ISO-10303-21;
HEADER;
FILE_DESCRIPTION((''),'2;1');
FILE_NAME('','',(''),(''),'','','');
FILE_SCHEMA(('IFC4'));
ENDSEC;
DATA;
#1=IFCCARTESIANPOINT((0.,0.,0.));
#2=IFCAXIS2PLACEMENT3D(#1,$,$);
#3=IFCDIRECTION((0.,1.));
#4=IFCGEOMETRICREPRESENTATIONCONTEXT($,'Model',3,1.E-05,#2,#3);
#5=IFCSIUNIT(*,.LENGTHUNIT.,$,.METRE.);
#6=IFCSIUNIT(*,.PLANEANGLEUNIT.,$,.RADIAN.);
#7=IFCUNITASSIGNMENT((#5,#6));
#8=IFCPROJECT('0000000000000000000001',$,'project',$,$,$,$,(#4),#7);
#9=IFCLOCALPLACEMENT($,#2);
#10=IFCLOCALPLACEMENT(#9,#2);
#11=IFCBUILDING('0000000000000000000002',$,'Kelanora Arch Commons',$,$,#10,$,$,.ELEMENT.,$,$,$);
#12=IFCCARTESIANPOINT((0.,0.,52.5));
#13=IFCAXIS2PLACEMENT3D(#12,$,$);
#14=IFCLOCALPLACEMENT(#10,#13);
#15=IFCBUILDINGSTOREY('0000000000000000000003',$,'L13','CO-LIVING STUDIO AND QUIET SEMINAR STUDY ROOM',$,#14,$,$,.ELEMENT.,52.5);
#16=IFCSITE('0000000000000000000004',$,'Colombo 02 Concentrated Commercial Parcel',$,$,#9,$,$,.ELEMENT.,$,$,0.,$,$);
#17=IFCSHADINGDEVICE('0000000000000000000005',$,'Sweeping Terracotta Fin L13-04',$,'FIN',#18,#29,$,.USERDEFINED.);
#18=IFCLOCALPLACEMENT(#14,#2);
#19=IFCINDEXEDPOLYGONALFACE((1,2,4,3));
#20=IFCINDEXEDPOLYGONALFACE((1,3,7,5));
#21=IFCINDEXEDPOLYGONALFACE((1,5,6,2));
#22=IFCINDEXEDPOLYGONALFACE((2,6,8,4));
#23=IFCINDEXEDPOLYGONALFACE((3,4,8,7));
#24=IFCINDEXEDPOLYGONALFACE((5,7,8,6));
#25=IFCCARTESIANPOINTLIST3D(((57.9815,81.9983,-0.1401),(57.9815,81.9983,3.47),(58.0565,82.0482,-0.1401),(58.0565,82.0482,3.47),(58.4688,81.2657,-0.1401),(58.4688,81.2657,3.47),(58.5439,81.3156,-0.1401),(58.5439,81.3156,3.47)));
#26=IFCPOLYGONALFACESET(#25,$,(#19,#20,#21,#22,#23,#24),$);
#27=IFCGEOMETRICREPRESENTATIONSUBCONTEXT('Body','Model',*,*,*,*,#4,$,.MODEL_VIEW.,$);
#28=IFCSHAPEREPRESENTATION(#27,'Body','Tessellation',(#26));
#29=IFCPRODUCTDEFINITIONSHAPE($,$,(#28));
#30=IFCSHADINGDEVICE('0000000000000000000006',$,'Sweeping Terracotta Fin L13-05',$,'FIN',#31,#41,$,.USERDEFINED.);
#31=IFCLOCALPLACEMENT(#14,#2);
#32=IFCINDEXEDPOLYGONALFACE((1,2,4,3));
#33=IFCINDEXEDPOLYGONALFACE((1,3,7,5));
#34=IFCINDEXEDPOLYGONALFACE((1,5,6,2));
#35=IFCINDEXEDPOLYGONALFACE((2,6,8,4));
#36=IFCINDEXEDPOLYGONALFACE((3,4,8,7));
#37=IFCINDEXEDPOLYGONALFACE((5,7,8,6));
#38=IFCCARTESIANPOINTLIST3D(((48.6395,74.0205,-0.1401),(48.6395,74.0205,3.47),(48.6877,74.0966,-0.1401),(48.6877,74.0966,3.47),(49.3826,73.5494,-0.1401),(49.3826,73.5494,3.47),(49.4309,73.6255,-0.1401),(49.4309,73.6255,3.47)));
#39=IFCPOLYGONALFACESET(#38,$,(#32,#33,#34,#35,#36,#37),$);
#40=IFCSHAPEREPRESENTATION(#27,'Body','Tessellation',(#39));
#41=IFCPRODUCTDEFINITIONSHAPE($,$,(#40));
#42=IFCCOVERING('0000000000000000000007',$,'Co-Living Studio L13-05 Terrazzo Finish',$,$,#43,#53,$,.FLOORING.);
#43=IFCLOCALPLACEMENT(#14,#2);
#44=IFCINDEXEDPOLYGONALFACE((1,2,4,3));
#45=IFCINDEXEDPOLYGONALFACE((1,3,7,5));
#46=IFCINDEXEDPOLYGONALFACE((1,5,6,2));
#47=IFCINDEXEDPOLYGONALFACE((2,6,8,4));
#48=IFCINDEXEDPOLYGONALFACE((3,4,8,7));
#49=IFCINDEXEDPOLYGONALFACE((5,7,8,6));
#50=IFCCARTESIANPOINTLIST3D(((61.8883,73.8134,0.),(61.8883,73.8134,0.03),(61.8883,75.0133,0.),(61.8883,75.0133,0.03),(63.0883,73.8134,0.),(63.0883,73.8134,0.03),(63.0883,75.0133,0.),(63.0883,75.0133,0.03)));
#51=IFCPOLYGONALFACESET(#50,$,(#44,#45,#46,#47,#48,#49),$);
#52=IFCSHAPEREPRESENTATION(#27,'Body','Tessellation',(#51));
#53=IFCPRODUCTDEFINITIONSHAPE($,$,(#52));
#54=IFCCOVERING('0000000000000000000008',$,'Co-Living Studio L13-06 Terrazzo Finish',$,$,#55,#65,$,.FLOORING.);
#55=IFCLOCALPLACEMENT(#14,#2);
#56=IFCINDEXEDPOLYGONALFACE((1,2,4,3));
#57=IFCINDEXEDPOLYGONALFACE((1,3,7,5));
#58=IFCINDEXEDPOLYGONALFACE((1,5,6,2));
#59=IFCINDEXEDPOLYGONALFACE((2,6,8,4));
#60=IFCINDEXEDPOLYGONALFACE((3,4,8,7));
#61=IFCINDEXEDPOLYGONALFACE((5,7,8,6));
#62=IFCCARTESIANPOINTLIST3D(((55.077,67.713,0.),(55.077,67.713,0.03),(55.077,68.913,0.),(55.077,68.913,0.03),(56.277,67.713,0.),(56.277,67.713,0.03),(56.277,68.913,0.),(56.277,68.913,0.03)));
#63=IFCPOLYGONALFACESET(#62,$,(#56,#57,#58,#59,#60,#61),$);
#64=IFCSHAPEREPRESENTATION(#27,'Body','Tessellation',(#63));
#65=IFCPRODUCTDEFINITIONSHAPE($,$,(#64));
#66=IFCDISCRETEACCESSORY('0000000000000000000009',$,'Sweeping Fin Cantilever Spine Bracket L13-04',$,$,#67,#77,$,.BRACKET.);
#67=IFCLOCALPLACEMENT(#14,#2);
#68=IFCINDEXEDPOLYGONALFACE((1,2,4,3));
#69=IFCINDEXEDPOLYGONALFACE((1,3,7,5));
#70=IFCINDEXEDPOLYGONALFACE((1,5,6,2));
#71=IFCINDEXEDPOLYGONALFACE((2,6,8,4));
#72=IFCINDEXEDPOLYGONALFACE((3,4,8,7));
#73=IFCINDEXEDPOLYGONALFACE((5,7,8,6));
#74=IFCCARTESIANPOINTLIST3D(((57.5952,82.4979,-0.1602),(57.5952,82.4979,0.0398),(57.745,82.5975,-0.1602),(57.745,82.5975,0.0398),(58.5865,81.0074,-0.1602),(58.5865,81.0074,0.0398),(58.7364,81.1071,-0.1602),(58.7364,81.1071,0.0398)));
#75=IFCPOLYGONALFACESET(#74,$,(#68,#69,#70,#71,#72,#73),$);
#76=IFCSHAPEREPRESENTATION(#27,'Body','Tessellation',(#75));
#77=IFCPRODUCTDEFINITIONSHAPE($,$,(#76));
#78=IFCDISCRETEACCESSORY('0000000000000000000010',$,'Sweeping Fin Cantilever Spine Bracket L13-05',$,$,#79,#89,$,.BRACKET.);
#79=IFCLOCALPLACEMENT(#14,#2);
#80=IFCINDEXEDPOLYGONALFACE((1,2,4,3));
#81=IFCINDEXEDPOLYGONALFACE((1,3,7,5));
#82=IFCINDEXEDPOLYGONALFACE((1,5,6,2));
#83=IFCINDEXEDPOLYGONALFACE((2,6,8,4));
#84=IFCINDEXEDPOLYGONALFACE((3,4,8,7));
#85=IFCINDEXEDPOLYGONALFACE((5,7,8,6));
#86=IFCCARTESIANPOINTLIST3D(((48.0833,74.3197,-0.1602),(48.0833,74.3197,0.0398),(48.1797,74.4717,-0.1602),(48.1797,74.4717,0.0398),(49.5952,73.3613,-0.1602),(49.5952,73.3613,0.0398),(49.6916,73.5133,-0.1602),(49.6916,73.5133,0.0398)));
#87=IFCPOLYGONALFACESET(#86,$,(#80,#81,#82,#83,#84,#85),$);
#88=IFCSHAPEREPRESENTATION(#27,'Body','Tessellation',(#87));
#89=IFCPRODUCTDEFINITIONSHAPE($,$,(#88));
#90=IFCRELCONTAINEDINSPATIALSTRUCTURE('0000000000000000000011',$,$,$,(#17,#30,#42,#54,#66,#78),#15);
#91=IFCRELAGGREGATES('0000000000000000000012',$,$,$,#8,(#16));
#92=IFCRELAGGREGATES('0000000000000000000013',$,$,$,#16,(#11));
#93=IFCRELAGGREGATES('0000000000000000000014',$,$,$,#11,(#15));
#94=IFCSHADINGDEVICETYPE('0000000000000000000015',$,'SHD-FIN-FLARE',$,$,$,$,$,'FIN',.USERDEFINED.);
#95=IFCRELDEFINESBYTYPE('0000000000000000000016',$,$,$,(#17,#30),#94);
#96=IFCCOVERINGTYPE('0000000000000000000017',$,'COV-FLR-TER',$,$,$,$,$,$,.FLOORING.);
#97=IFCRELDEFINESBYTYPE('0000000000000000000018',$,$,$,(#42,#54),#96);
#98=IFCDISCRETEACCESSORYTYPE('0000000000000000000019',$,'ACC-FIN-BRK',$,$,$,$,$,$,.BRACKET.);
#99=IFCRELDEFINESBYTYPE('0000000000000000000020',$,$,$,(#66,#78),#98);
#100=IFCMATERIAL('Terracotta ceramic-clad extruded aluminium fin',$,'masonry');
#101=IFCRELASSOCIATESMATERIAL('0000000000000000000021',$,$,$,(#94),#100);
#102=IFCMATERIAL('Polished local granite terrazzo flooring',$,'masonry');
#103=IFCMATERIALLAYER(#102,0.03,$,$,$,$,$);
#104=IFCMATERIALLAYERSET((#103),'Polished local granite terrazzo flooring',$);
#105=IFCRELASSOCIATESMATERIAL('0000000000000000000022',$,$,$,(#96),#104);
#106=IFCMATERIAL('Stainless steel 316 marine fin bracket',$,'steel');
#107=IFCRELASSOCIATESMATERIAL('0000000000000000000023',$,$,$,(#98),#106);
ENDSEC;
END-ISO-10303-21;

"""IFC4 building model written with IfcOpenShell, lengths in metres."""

from ifc_helpers import new_model, si_unit, direction, frame, origin, origin_2d, place, context, subcontext, project, spatial, rectangle, extrude, source, transform, mapped, material, layer, layer_set, type_object, element, save


model = new_model("IFC4")

# Units and contexts
model_context = context("Model", 3, precision=1e-05, world=origin(), true_north=direction((0.0, 1.0)))
body_context = subcontext(model_context, "Body", "Model", "MODEL_VIEW")
ifc_project = project(units=[si_unit("LENGTHUNIT", "METRE"), si_unit("PLANEANGLEUNIT", "RADIAN")], contexts=[model_context])

# Site, building, storey
site_placement = place(None, origin())
site = spatial("IfcSite", under=ifc_project, at=site_placement, Name="Colombo 02 Concentrated Commercial Parcel", CompositionType="ELEMENT", RefElevation=0.0)
building_placement = place(site_placement, origin())
building = spatial("IfcBuilding", under=site, at=building_placement, Name="Kelanora Arch Commons", CompositionType="ELEMENT")
storey_placement = place(building_placement, frame((0.0, 0.0, 52.5)))
storey = spatial("IfcBuildingStorey", under=building, at=storey_placement, Name="L13", Description="CO-LIVING STUDIO AND QUIET SEMINAR STUDY ROOM", CompositionType="ELEMENT", Elevation=52.5)

# Shading devices
ifc_material_1 = material(Name="Terracotta ceramic-clad extruded aluminium fin", Category="masonry")
shading_device_type = type_object("IfcShadingDeviceType", Name="SHD-FIN-FLARE", ElementType="FIN", PredefinedType="USERDEFINED", material=ifc_material_1)
shared_shape_1 = source(origin(), body_context, "Body", "SweptSolid", [
    extrude(rectangle(XDim=0.8799, YDim=0.0901, at=origin_2d()), origin(), (0.0, 0.0, 1.0), 3.6101),
])
for number, where, z_axis, x_axis, name in (
    (1, (58.2627, 81.657, -0.1401), (0.0, 0.0, 1.0), (-0.553828, 0.832631, 0.0), "Sweeping Terracotta Fin L13-04"),
    (2, (49.0352, 73.823, -0.1401), (0.0, 0.0, 1.0), (-0.844608, 0.535385, 0.0), "Sweeping Terracotta Fin L13-05"),
):
    element("IfcShadingDevice", number, at=place(storey_placement, frame(where, z_axis=z_axis, x_axis=x_axis)), inside=storey, type_object=shading_device_type, Name=name, ObjectType="FIN", PredefinedType="USERDEFINED", context=body_context, shape_type="MappedRepresentation", body=[
        mapped(shared_shape_1, transform((0.0, 0.0, 0.0), scale=1.0)),
    ])

# Coverings
ifc_material_2 = material(Name="Polished local granite terrazzo flooring", Category="masonry")
ifc_layer_1 = layer(ifc_material_2, 0.03)
ifc_layer_set_1 = layer_set([ifc_layer_1], Name="Polished local granite terrazzo flooring")
covering_type = type_object("IfcCoveringType", Name="COV-FLR-TER", PredefinedType="FLOORING", material=ifc_layer_set_1)
shared_shape_2 = source(origin(), body_context, "Body", "SweptSolid", [
    extrude(rectangle(XDim=1.2, YDim=1.2, at=origin_2d()), origin(), (0.0, 0.0, 1.0), 0.03),
])
for number, where, z_axis, x_axis, name in (
    (3, (62.4883, 74.4133, 0.0), (0.0, 0.0, 1.0), (1.0, 0.0, 0.0), "Co-Living Studio L13-05 Terrazzo Finish"),
    (4, (55.677, 68.313, 0.0), (0.0, 0.0, 1.0), (1.0, 0.0, 0.0), "Co-Living Studio L13-06 Terrazzo Finish"),
):
    element("IfcCovering", number, at=place(storey_placement, frame(where, z_axis=z_axis, x_axis=x_axis)), inside=storey, type_object=covering_type, Name=name, PredefinedType="FLOORING", context=body_context, shape_type="MappedRepresentation", body=[
        mapped(shared_shape_2, transform((0.0, 0.0, 0.0), scale=1.0)),
    ])

# Discrete accessories
ifc_material_3 = material(Name="Stainless steel 316 marine fin bracket", Category="steel")
discrete_accessory_type = type_object("IfcDiscreteAccessoryType", Name="ACC-FIN-BRK", PredefinedType="BRACKET", material=ifc_material_3)
shared_shape_3 = source(origin(), body_context, "Body", "SweptSolid", [
    extrude(rectangle(XDim=1.79, YDim=0.1799, at=origin_2d()), origin(), (0.0, 0.0, 1.0), 0.2),
])
for number, where, z_axis, x_axis, name in (
    (5, (58.1658, 81.8025, -0.1602), (0.0, 0.0, 1.0), (-0.553828, 0.832631, 0.0), "Sweeping Fin Cantilever Spine Bracket L13-04"),
    (6, (48.8875, 73.9165, -0.1602), (0.0, 0.0, 1.0), (-0.844608, 0.535385, 0.0), "Sweeping Fin Cantilever Spine Bracket L13-05"),
):
    element("IfcDiscreteAccessory", number, at=place(storey_placement, frame(where, z_axis=z_axis, x_axis=x_axis)), inside=storey, type_object=discrete_accessory_type, Name=name, PredefinedType="BRACKET", context=body_context, shape_type="MappedRepresentation", body=[
        mapped(shared_shape_3, transform((0.0, 0.0, 0.0), scale=1.0)),
    ])

save(model, "model.ifc")
